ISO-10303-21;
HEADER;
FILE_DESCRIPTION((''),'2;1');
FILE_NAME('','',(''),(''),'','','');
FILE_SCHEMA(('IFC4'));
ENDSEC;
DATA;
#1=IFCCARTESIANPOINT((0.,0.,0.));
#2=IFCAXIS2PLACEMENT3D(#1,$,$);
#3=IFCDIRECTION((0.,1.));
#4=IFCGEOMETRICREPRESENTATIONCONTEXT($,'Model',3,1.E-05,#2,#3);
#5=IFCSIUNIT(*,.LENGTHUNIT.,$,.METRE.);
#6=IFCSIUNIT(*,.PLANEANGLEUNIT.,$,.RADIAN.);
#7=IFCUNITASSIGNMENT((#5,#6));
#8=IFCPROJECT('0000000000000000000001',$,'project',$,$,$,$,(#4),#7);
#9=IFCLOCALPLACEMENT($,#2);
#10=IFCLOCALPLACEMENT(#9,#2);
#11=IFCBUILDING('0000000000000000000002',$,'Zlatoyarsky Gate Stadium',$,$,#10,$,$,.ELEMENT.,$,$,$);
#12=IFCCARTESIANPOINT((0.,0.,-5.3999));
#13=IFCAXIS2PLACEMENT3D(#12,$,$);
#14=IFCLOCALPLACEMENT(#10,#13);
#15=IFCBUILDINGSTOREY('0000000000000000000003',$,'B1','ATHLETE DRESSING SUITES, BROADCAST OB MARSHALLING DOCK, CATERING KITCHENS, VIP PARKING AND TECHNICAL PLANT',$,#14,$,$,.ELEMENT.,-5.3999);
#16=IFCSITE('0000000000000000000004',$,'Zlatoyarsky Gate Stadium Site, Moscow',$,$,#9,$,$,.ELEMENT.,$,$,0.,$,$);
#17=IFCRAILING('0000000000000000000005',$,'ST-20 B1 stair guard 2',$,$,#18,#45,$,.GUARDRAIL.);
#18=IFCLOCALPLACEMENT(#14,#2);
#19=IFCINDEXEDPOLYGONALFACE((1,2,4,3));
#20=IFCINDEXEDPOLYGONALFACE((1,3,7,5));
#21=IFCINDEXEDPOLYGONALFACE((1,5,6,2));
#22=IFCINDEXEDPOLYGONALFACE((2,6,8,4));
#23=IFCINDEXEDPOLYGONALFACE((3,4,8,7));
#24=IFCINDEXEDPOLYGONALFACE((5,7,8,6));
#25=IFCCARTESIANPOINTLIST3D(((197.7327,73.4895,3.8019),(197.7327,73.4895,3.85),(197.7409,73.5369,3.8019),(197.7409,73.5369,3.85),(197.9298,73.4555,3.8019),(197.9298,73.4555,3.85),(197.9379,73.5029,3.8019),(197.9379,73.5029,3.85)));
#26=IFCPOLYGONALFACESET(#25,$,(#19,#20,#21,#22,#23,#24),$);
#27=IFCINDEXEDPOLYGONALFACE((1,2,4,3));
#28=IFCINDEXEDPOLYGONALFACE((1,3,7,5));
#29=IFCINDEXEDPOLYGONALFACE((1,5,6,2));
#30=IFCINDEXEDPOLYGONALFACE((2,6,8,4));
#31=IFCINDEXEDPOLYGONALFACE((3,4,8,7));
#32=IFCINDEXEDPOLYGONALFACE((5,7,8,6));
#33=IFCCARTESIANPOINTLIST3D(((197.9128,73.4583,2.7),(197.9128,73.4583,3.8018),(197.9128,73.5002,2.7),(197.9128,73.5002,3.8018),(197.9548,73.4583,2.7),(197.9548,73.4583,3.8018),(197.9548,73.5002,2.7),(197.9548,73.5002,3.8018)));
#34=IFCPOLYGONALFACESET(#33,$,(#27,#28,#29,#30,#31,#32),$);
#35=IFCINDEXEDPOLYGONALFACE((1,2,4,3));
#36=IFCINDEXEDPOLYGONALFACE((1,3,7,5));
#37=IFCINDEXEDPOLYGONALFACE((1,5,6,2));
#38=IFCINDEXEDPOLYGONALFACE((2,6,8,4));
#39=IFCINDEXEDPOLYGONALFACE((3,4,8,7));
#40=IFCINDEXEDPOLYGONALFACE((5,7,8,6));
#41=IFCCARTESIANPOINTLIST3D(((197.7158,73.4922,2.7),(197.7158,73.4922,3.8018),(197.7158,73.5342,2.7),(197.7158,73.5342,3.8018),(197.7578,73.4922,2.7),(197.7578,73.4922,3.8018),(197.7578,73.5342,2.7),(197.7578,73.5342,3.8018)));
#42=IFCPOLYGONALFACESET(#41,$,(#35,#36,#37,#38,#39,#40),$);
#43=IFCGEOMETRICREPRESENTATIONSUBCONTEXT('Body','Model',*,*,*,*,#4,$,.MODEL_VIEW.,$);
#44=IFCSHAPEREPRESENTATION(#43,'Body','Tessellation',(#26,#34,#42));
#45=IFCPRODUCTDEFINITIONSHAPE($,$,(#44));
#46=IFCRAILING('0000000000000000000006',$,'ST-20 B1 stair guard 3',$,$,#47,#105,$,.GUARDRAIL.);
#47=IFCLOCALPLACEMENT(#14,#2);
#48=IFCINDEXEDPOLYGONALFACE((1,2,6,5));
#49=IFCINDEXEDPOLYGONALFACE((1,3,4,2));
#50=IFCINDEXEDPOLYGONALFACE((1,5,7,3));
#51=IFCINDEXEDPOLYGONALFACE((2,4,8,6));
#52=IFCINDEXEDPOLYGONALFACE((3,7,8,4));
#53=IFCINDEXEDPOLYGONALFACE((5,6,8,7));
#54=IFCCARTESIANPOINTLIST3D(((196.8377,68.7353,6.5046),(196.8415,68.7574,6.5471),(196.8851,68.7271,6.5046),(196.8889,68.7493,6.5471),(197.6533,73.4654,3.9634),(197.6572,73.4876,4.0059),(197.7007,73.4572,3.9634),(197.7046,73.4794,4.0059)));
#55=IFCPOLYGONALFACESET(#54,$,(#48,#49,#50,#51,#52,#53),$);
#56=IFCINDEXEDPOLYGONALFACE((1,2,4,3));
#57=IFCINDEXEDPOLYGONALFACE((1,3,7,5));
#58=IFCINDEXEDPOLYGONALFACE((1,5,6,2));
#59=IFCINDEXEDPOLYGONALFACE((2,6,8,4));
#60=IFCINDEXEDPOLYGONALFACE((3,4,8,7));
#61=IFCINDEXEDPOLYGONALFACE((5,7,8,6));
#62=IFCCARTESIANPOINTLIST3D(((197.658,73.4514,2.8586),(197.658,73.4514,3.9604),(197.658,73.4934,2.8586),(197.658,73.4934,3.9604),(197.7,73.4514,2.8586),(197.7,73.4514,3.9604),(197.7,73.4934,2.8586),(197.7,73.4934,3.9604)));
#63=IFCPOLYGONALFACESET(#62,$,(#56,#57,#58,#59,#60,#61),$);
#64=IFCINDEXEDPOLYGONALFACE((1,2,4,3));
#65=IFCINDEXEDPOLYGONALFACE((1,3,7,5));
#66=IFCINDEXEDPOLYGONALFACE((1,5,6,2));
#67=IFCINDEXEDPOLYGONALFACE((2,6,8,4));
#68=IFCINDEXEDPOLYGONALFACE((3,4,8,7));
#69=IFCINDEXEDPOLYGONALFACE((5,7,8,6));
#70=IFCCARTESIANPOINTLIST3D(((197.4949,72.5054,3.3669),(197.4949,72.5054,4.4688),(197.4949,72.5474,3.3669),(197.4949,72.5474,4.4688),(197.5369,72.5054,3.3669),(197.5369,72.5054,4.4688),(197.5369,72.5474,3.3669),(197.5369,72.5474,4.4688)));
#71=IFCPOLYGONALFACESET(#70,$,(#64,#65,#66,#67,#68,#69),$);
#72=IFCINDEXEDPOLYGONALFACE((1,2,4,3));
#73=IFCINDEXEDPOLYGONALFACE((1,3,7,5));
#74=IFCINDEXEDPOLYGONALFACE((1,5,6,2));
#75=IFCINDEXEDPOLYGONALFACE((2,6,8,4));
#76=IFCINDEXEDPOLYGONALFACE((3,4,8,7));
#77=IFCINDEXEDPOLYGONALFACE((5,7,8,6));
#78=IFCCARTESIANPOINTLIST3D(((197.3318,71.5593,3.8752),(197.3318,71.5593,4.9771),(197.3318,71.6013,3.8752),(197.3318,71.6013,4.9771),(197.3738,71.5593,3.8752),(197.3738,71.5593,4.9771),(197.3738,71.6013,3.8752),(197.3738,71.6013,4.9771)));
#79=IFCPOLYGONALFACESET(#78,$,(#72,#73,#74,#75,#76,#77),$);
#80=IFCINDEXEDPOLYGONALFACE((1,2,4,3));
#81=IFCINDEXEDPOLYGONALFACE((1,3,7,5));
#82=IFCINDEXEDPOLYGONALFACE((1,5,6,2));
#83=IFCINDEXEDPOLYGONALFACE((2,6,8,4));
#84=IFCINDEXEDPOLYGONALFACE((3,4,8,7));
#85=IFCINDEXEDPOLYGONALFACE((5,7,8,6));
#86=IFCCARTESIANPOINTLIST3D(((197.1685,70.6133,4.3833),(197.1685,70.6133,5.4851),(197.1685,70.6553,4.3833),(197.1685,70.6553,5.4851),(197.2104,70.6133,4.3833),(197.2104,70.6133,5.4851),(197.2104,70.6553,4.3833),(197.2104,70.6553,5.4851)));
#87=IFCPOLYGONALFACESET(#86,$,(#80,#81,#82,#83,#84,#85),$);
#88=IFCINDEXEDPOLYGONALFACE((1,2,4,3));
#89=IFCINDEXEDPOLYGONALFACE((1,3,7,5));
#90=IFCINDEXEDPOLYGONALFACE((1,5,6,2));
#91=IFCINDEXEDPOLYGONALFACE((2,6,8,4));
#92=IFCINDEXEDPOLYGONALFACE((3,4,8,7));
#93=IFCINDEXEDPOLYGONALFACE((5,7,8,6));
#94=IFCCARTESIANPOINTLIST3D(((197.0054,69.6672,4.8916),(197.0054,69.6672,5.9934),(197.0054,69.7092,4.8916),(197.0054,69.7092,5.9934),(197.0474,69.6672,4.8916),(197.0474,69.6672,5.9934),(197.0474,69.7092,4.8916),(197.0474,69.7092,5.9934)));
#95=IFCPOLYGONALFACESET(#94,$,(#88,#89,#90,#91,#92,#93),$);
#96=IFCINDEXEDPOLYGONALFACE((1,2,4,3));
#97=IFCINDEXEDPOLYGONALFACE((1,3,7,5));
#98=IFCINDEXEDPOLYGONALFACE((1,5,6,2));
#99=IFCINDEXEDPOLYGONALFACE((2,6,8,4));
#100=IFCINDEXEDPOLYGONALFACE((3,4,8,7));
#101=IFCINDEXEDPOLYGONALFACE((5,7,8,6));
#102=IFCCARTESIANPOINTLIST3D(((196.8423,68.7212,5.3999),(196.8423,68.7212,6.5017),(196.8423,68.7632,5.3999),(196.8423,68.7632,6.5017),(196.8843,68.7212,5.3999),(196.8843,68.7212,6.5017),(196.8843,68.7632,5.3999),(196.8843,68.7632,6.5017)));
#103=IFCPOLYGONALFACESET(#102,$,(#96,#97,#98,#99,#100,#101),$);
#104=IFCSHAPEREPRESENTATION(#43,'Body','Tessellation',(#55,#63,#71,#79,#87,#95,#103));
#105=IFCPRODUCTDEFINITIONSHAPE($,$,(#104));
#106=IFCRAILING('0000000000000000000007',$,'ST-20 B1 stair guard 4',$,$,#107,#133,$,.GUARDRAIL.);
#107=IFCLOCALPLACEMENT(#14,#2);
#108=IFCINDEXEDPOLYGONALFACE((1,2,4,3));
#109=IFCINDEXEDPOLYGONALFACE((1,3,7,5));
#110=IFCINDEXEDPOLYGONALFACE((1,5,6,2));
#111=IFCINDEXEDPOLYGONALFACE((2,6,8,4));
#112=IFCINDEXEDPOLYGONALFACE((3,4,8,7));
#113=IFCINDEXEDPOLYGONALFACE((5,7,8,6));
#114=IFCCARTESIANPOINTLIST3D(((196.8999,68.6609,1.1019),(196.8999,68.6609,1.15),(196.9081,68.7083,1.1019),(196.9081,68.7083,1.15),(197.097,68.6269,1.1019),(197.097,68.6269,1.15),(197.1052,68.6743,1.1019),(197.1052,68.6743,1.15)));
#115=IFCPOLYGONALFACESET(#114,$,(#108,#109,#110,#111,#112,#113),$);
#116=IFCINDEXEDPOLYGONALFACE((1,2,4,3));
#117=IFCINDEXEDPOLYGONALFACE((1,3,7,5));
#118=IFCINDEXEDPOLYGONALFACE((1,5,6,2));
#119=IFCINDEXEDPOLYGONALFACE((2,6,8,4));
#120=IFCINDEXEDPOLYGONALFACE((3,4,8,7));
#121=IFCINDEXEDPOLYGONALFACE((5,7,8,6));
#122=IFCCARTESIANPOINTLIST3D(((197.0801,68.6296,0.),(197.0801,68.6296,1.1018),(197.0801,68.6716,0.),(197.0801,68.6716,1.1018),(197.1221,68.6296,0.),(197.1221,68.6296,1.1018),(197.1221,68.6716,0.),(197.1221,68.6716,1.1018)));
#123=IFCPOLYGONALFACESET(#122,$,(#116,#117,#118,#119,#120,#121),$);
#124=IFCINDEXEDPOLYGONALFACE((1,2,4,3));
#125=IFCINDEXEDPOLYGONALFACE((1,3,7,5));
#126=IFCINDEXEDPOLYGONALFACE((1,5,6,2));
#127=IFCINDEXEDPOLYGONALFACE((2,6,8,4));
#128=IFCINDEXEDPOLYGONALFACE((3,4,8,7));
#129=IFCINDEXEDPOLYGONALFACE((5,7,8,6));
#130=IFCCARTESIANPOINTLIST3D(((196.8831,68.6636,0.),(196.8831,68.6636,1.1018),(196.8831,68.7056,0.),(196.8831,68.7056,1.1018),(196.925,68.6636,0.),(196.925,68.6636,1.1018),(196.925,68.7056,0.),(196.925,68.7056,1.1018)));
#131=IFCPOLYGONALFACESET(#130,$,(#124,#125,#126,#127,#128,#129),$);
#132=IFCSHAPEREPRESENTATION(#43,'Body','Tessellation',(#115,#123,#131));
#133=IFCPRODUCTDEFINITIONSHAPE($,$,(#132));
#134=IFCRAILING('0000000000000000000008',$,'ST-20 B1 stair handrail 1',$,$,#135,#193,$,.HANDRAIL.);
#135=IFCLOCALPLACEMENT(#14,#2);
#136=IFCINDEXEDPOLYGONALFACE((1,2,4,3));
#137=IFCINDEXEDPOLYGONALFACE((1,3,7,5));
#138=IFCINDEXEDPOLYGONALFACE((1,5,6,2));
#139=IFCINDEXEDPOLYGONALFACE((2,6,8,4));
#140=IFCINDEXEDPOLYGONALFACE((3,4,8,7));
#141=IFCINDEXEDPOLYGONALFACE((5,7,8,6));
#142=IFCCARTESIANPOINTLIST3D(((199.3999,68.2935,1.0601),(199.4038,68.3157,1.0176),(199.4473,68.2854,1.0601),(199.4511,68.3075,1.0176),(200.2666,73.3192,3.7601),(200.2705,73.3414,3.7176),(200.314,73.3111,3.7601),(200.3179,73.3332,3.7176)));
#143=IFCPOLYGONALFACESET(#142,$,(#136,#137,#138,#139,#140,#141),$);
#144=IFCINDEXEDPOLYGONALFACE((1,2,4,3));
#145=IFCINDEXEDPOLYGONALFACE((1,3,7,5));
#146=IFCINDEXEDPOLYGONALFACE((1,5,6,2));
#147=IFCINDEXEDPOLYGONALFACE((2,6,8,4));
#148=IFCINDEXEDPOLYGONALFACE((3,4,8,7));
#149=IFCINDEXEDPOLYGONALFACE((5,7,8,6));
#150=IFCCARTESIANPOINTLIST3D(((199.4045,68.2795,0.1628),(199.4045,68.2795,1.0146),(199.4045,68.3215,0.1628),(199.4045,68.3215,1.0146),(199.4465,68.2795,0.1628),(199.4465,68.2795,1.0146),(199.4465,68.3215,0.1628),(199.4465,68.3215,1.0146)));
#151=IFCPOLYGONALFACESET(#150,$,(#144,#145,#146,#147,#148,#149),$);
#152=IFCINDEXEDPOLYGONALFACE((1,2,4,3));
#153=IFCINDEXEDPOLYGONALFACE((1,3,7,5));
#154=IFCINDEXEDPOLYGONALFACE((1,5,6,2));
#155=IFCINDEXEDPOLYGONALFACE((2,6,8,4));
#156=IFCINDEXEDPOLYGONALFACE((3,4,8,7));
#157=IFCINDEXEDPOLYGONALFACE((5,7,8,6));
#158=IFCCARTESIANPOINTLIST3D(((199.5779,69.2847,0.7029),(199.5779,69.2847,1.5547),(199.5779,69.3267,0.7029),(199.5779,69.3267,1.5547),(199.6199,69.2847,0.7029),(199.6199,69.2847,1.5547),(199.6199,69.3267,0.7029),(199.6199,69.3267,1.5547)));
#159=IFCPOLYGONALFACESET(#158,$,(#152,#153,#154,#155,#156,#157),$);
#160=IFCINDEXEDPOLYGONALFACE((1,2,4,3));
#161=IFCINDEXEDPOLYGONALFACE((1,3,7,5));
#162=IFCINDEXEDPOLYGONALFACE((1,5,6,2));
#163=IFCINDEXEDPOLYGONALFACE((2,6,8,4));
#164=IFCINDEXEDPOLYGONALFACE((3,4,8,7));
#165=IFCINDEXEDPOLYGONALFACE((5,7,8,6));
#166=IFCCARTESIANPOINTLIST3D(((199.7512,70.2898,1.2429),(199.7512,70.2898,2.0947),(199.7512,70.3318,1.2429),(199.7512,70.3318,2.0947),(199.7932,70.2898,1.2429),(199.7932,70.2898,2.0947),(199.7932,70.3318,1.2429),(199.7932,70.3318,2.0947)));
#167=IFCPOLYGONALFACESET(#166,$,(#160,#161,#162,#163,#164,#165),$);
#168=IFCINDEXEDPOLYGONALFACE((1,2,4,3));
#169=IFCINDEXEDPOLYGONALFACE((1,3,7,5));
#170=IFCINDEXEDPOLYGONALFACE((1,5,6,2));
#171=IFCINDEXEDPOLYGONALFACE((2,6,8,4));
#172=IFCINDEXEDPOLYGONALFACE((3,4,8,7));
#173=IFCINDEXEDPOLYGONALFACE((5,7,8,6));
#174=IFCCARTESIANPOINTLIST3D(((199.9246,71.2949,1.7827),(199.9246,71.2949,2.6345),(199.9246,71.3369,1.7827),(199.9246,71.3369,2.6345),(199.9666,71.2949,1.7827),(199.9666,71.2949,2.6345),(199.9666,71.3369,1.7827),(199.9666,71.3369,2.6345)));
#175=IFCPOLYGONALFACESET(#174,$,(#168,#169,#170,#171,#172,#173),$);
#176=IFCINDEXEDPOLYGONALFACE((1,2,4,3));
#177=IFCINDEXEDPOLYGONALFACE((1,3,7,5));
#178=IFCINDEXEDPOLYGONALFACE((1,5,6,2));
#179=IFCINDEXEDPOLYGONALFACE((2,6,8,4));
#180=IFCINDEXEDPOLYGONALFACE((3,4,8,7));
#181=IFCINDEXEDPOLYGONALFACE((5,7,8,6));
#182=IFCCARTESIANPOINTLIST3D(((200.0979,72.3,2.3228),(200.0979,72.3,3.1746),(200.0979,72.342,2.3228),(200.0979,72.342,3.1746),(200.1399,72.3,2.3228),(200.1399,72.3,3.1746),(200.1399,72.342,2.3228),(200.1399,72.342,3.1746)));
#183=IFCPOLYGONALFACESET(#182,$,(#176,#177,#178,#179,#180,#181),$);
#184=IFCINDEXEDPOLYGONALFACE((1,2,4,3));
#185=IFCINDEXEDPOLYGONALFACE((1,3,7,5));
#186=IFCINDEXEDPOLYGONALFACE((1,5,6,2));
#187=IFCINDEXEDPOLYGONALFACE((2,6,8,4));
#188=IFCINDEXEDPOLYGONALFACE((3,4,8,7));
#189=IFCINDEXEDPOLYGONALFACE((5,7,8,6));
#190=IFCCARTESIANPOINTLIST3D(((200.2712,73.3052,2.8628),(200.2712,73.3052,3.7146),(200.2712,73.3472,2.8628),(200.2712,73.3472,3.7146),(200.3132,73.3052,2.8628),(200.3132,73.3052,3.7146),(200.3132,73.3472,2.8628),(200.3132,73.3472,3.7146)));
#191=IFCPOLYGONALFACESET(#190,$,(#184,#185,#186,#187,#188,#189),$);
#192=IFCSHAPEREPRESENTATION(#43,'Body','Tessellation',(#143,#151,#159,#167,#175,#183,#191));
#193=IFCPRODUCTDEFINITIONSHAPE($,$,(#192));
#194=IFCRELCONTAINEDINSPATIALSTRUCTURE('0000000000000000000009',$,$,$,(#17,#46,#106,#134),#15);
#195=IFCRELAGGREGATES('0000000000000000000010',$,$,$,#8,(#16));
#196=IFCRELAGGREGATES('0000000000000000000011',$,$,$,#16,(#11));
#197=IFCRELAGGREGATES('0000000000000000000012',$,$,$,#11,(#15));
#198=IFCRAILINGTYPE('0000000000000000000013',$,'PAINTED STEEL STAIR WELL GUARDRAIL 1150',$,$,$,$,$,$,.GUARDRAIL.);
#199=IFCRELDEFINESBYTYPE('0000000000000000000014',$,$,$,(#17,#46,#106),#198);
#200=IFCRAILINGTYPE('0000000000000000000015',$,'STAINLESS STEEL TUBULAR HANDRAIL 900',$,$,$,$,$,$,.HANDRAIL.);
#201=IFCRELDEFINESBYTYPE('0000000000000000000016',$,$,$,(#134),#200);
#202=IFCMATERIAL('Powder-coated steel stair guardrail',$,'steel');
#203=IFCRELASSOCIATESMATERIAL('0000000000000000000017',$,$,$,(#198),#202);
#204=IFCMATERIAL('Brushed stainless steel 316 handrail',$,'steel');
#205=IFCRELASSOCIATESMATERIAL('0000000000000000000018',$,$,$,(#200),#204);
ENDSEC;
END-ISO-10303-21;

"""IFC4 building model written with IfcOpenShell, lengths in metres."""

from ifc_helpers import new_model, si_unit, direction, frame, origin, origin_2d, place, context, subcontext, project, spatial, rectangle, extrude, material, type_object, element, save


model = new_model("IFC4")

# Units and contexts
model_context = context("Model", 3, precision=1e-05, world=origin(), true_north=direction((0.0, 1.0)))
body_context = subcontext(model_context, "Body", "Model", "MODEL_VIEW")
ifc_project = project(units=[si_unit("LENGTHUNIT", "METRE"), si_unit("PLANEANGLEUNIT", "RADIAN")], contexts=[model_context])

# Site, building, storey
site_placement = place(None, origin())
site = spatial("IfcSite", under=ifc_project, at=site_placement, Name="Zlatoyarsky Gate Stadium Site, Moscow", CompositionType="ELEMENT", RefElevation=0.0)
building_placement = place(site_placement, origin())
building = spatial("IfcBuilding", under=site, at=building_placement, Name="Zlatoyarsky Gate Stadium", CompositionType="ELEMENT")
storey_placement = place(building_placement, frame((0.0, 0.0, -5.3999)))
storey = spatial("IfcBuildingStorey", under=building, at=storey_placement, Name="B1", Description="ATHLETE DRESSING SUITES, BROADCAST OB MARSHALLING DOCK, CATERING KITCHENS, VIP PARKING AND TECHNICAL PLANT", CompositionType="ELEMENT", Elevation=-5.3999)

# Railings
ifc_material_1 = material(Name="Powder-coated steel stair guardrail", Category="steel")
railing_type_1 = type_object("IfcRailingType", Name="PAINTED STEEL STAIR WELL GUARDRAIL 1150", PredefinedType="GUARDRAIL", material=ifc_material_1)
railing_1_placement = place(storey_placement, frame((197.9338, 73.4792, 2.7)))
element("IfcRailing", 1, at=railing_1_placement, inside=storey, type_object=railing_type_1, Name="ST-20 B1 stair guard 2", PredefinedType="GUARDRAIL", context=body_context, shape_type="SweptSolid", body=[
    extrude(rectangle(XDim=0.0481, YDim=0.0481, at=origin_2d()), frame((0.0, 0.0, 1.126), z_axis=(-0.985488, 0.169743, 0.0), x_axis=(-0.169743, -0.985488, 0.0)), (0.0, 0.0, 1.0), 0.2),
    extrude(rectangle(XDim=0.042, YDim=0.042, at=origin_2d()), origin(), (0.0, 0.0, 1.0), 1.1018),
    extrude(rectangle(XDim=0.042, YDim=0.042, at=origin_2d()), frame((-0.197, 0.0339, 0.0)), (0.0, 0.0, 1.0), 1.1018),
])
railing_2_placement = place(storey_placement, frame((197.679, 73.4724, 2.8586)))
element("IfcRailing", 2, at=railing_2_placement, inside=storey, type_object=railing_type_1, Name="ST-20 B1 stair guard 3", PredefinedType="GUARDRAIL", context=body_context, shape_type="SweptSolid", body=[
    extrude(rectangle(XDim=0.0481, YDim=0.0481, at=origin_2d()), frame((0.0, 0.0, 1.126), z_axis=(-0.150182, -0.870929, 0.467897), x_axis=(0.985456, -0.169931, 0.0)), (0.0, 0.0, 1.0), 5.4312),
    extrude(rectangle(XDim=0.042, YDim=0.042, at=origin_2d()), origin(), (0.0, 0.0, 1.0), 1.1018),
    extrude(rectangle(XDim=0.042, YDim=0.042, at=origin_2d()), frame((-0.1631, -0.946, 0.5083)), (0.0, 0.0, 1.0), 1.1018),
    extrude(rectangle(XDim=0.042, YDim=0.042, at=origin_2d()), frame((-0.3262, -1.8921, 1.0166)), (0.0, 0.0, 1.0), 1.1018),
    extrude(rectangle(XDim=0.042, YDim=0.042, at=origin_2d()), frame((-0.4895, -2.8381, 1.5247)), (0.0, 0.0, 1.0), 1.1018),
    extrude(rectangle(XDim=0.042, YDim=0.042, at=origin_2d()), frame((-0.6526, -3.7842, 2.033)), (0.0, 0.0, 1.0), 1.1018),
    extrude(rectangle(XDim=0.042, YDim=0.042, at=origin_2d()), frame((-0.8157, -4.7302, 2.5413)), (0.0, 0.0, 1.0), 1.1018),
])
railing_3_placement = place(storey_placement, frame((197.1011, 68.6506, 0.0)))
element("IfcRailing", 3, at=railing_3_placement, inside=storey, type_object=railing_type_1, Name="ST-20 B1 stair guard 4", PredefinedType="GUARDRAIL", context=body_context, shape_type="SweptSolid", body=[
    extrude(rectangle(XDim=0.0481, YDim=0.0481, at=origin_2d()), frame((0.0, 0.0, 1.126), z_axis=(-0.985488, 0.169743, 0.0), x_axis=(-0.169743, -0.985488, 0.0)), (0.0, 0.0, 1.0), 0.2),
    extrude(rectangle(XDim=0.042, YDim=0.042, at=origin_2d()), origin(), (0.0, 0.0, 1.0), 1.1018),
    extrude(rectangle(XDim=0.042, YDim=0.042, at=origin_2d()), frame((-0.197, 0.0339, 0.0)), (0.0, 0.0, 1.0), 1.1018),
])
ifc_material_2 = material(Name="Brushed stainless steel 316 handrail", Category="steel")
railing_type_2 = type_object("IfcRailingType", Name="STAINLESS STEEL TUBULAR HANDRAIL 900", PredefinedType="HANDRAIL", material=ifc_material_2)
railing_4_placement = place(storey_placement, frame((199.4255, 68.3005, 0.1628)))
element("IfcRailing", 4, at=railing_4_placement, inside=storey, type_object=railing_type_2, Name="ST-20 B1 stair handrail 1", PredefinedType="HANDRAIL", context=body_context, shape_type="SweptSolid", body=[
    extrude(rectangle(XDim=0.0481, YDim=0.0481, at=origin_2d()), frame((0.0, 0.0, 0.876), z_axis=(0.150197, 0.870928, 0.467894), x_axis=(-0.985453, 0.169947, 0.0)), (0.0, 0.0, 1.0), 5.7705),
    extrude(rectangle(XDim=0.042, YDim=0.042, at=origin_2d()), origin(), (0.0, 0.0, 1.0), 0.8518),
    extrude(rectangle(XDim=0.042, YDim=0.042, at=origin_2d()), frame((0.1733, 1.0051, 0.54)), (0.0, 0.0, 1.0), 0.8518),
    extrude(rectangle(XDim=0.042, YDim=0.042, at=origin_2d()), frame((0.3467, 2.0103, 1.0801)), (0.0, 0.0, 1.0), 0.8518),
    extrude(rectangle(XDim=0.042, YDim=0.042, at=origin_2d()), frame((0.52, 3.0154, 1.6199)), (0.0, 0.0, 1.0), 0.8518),
    extrude(rectangle(XDim=0.042, YDim=0.042, at=origin_2d()), frame((0.6934, 4.0205, 2.1599)), (0.0, 0.0, 1.0), 0.8518),
    extrude(rectangle(XDim=0.042, YDim=0.042, at=origin_2d()), frame((0.8667, 5.0256, 2.7)), (0.0, 0.0, 1.0), 0.8518),
])

save(model, "model.ifc")
